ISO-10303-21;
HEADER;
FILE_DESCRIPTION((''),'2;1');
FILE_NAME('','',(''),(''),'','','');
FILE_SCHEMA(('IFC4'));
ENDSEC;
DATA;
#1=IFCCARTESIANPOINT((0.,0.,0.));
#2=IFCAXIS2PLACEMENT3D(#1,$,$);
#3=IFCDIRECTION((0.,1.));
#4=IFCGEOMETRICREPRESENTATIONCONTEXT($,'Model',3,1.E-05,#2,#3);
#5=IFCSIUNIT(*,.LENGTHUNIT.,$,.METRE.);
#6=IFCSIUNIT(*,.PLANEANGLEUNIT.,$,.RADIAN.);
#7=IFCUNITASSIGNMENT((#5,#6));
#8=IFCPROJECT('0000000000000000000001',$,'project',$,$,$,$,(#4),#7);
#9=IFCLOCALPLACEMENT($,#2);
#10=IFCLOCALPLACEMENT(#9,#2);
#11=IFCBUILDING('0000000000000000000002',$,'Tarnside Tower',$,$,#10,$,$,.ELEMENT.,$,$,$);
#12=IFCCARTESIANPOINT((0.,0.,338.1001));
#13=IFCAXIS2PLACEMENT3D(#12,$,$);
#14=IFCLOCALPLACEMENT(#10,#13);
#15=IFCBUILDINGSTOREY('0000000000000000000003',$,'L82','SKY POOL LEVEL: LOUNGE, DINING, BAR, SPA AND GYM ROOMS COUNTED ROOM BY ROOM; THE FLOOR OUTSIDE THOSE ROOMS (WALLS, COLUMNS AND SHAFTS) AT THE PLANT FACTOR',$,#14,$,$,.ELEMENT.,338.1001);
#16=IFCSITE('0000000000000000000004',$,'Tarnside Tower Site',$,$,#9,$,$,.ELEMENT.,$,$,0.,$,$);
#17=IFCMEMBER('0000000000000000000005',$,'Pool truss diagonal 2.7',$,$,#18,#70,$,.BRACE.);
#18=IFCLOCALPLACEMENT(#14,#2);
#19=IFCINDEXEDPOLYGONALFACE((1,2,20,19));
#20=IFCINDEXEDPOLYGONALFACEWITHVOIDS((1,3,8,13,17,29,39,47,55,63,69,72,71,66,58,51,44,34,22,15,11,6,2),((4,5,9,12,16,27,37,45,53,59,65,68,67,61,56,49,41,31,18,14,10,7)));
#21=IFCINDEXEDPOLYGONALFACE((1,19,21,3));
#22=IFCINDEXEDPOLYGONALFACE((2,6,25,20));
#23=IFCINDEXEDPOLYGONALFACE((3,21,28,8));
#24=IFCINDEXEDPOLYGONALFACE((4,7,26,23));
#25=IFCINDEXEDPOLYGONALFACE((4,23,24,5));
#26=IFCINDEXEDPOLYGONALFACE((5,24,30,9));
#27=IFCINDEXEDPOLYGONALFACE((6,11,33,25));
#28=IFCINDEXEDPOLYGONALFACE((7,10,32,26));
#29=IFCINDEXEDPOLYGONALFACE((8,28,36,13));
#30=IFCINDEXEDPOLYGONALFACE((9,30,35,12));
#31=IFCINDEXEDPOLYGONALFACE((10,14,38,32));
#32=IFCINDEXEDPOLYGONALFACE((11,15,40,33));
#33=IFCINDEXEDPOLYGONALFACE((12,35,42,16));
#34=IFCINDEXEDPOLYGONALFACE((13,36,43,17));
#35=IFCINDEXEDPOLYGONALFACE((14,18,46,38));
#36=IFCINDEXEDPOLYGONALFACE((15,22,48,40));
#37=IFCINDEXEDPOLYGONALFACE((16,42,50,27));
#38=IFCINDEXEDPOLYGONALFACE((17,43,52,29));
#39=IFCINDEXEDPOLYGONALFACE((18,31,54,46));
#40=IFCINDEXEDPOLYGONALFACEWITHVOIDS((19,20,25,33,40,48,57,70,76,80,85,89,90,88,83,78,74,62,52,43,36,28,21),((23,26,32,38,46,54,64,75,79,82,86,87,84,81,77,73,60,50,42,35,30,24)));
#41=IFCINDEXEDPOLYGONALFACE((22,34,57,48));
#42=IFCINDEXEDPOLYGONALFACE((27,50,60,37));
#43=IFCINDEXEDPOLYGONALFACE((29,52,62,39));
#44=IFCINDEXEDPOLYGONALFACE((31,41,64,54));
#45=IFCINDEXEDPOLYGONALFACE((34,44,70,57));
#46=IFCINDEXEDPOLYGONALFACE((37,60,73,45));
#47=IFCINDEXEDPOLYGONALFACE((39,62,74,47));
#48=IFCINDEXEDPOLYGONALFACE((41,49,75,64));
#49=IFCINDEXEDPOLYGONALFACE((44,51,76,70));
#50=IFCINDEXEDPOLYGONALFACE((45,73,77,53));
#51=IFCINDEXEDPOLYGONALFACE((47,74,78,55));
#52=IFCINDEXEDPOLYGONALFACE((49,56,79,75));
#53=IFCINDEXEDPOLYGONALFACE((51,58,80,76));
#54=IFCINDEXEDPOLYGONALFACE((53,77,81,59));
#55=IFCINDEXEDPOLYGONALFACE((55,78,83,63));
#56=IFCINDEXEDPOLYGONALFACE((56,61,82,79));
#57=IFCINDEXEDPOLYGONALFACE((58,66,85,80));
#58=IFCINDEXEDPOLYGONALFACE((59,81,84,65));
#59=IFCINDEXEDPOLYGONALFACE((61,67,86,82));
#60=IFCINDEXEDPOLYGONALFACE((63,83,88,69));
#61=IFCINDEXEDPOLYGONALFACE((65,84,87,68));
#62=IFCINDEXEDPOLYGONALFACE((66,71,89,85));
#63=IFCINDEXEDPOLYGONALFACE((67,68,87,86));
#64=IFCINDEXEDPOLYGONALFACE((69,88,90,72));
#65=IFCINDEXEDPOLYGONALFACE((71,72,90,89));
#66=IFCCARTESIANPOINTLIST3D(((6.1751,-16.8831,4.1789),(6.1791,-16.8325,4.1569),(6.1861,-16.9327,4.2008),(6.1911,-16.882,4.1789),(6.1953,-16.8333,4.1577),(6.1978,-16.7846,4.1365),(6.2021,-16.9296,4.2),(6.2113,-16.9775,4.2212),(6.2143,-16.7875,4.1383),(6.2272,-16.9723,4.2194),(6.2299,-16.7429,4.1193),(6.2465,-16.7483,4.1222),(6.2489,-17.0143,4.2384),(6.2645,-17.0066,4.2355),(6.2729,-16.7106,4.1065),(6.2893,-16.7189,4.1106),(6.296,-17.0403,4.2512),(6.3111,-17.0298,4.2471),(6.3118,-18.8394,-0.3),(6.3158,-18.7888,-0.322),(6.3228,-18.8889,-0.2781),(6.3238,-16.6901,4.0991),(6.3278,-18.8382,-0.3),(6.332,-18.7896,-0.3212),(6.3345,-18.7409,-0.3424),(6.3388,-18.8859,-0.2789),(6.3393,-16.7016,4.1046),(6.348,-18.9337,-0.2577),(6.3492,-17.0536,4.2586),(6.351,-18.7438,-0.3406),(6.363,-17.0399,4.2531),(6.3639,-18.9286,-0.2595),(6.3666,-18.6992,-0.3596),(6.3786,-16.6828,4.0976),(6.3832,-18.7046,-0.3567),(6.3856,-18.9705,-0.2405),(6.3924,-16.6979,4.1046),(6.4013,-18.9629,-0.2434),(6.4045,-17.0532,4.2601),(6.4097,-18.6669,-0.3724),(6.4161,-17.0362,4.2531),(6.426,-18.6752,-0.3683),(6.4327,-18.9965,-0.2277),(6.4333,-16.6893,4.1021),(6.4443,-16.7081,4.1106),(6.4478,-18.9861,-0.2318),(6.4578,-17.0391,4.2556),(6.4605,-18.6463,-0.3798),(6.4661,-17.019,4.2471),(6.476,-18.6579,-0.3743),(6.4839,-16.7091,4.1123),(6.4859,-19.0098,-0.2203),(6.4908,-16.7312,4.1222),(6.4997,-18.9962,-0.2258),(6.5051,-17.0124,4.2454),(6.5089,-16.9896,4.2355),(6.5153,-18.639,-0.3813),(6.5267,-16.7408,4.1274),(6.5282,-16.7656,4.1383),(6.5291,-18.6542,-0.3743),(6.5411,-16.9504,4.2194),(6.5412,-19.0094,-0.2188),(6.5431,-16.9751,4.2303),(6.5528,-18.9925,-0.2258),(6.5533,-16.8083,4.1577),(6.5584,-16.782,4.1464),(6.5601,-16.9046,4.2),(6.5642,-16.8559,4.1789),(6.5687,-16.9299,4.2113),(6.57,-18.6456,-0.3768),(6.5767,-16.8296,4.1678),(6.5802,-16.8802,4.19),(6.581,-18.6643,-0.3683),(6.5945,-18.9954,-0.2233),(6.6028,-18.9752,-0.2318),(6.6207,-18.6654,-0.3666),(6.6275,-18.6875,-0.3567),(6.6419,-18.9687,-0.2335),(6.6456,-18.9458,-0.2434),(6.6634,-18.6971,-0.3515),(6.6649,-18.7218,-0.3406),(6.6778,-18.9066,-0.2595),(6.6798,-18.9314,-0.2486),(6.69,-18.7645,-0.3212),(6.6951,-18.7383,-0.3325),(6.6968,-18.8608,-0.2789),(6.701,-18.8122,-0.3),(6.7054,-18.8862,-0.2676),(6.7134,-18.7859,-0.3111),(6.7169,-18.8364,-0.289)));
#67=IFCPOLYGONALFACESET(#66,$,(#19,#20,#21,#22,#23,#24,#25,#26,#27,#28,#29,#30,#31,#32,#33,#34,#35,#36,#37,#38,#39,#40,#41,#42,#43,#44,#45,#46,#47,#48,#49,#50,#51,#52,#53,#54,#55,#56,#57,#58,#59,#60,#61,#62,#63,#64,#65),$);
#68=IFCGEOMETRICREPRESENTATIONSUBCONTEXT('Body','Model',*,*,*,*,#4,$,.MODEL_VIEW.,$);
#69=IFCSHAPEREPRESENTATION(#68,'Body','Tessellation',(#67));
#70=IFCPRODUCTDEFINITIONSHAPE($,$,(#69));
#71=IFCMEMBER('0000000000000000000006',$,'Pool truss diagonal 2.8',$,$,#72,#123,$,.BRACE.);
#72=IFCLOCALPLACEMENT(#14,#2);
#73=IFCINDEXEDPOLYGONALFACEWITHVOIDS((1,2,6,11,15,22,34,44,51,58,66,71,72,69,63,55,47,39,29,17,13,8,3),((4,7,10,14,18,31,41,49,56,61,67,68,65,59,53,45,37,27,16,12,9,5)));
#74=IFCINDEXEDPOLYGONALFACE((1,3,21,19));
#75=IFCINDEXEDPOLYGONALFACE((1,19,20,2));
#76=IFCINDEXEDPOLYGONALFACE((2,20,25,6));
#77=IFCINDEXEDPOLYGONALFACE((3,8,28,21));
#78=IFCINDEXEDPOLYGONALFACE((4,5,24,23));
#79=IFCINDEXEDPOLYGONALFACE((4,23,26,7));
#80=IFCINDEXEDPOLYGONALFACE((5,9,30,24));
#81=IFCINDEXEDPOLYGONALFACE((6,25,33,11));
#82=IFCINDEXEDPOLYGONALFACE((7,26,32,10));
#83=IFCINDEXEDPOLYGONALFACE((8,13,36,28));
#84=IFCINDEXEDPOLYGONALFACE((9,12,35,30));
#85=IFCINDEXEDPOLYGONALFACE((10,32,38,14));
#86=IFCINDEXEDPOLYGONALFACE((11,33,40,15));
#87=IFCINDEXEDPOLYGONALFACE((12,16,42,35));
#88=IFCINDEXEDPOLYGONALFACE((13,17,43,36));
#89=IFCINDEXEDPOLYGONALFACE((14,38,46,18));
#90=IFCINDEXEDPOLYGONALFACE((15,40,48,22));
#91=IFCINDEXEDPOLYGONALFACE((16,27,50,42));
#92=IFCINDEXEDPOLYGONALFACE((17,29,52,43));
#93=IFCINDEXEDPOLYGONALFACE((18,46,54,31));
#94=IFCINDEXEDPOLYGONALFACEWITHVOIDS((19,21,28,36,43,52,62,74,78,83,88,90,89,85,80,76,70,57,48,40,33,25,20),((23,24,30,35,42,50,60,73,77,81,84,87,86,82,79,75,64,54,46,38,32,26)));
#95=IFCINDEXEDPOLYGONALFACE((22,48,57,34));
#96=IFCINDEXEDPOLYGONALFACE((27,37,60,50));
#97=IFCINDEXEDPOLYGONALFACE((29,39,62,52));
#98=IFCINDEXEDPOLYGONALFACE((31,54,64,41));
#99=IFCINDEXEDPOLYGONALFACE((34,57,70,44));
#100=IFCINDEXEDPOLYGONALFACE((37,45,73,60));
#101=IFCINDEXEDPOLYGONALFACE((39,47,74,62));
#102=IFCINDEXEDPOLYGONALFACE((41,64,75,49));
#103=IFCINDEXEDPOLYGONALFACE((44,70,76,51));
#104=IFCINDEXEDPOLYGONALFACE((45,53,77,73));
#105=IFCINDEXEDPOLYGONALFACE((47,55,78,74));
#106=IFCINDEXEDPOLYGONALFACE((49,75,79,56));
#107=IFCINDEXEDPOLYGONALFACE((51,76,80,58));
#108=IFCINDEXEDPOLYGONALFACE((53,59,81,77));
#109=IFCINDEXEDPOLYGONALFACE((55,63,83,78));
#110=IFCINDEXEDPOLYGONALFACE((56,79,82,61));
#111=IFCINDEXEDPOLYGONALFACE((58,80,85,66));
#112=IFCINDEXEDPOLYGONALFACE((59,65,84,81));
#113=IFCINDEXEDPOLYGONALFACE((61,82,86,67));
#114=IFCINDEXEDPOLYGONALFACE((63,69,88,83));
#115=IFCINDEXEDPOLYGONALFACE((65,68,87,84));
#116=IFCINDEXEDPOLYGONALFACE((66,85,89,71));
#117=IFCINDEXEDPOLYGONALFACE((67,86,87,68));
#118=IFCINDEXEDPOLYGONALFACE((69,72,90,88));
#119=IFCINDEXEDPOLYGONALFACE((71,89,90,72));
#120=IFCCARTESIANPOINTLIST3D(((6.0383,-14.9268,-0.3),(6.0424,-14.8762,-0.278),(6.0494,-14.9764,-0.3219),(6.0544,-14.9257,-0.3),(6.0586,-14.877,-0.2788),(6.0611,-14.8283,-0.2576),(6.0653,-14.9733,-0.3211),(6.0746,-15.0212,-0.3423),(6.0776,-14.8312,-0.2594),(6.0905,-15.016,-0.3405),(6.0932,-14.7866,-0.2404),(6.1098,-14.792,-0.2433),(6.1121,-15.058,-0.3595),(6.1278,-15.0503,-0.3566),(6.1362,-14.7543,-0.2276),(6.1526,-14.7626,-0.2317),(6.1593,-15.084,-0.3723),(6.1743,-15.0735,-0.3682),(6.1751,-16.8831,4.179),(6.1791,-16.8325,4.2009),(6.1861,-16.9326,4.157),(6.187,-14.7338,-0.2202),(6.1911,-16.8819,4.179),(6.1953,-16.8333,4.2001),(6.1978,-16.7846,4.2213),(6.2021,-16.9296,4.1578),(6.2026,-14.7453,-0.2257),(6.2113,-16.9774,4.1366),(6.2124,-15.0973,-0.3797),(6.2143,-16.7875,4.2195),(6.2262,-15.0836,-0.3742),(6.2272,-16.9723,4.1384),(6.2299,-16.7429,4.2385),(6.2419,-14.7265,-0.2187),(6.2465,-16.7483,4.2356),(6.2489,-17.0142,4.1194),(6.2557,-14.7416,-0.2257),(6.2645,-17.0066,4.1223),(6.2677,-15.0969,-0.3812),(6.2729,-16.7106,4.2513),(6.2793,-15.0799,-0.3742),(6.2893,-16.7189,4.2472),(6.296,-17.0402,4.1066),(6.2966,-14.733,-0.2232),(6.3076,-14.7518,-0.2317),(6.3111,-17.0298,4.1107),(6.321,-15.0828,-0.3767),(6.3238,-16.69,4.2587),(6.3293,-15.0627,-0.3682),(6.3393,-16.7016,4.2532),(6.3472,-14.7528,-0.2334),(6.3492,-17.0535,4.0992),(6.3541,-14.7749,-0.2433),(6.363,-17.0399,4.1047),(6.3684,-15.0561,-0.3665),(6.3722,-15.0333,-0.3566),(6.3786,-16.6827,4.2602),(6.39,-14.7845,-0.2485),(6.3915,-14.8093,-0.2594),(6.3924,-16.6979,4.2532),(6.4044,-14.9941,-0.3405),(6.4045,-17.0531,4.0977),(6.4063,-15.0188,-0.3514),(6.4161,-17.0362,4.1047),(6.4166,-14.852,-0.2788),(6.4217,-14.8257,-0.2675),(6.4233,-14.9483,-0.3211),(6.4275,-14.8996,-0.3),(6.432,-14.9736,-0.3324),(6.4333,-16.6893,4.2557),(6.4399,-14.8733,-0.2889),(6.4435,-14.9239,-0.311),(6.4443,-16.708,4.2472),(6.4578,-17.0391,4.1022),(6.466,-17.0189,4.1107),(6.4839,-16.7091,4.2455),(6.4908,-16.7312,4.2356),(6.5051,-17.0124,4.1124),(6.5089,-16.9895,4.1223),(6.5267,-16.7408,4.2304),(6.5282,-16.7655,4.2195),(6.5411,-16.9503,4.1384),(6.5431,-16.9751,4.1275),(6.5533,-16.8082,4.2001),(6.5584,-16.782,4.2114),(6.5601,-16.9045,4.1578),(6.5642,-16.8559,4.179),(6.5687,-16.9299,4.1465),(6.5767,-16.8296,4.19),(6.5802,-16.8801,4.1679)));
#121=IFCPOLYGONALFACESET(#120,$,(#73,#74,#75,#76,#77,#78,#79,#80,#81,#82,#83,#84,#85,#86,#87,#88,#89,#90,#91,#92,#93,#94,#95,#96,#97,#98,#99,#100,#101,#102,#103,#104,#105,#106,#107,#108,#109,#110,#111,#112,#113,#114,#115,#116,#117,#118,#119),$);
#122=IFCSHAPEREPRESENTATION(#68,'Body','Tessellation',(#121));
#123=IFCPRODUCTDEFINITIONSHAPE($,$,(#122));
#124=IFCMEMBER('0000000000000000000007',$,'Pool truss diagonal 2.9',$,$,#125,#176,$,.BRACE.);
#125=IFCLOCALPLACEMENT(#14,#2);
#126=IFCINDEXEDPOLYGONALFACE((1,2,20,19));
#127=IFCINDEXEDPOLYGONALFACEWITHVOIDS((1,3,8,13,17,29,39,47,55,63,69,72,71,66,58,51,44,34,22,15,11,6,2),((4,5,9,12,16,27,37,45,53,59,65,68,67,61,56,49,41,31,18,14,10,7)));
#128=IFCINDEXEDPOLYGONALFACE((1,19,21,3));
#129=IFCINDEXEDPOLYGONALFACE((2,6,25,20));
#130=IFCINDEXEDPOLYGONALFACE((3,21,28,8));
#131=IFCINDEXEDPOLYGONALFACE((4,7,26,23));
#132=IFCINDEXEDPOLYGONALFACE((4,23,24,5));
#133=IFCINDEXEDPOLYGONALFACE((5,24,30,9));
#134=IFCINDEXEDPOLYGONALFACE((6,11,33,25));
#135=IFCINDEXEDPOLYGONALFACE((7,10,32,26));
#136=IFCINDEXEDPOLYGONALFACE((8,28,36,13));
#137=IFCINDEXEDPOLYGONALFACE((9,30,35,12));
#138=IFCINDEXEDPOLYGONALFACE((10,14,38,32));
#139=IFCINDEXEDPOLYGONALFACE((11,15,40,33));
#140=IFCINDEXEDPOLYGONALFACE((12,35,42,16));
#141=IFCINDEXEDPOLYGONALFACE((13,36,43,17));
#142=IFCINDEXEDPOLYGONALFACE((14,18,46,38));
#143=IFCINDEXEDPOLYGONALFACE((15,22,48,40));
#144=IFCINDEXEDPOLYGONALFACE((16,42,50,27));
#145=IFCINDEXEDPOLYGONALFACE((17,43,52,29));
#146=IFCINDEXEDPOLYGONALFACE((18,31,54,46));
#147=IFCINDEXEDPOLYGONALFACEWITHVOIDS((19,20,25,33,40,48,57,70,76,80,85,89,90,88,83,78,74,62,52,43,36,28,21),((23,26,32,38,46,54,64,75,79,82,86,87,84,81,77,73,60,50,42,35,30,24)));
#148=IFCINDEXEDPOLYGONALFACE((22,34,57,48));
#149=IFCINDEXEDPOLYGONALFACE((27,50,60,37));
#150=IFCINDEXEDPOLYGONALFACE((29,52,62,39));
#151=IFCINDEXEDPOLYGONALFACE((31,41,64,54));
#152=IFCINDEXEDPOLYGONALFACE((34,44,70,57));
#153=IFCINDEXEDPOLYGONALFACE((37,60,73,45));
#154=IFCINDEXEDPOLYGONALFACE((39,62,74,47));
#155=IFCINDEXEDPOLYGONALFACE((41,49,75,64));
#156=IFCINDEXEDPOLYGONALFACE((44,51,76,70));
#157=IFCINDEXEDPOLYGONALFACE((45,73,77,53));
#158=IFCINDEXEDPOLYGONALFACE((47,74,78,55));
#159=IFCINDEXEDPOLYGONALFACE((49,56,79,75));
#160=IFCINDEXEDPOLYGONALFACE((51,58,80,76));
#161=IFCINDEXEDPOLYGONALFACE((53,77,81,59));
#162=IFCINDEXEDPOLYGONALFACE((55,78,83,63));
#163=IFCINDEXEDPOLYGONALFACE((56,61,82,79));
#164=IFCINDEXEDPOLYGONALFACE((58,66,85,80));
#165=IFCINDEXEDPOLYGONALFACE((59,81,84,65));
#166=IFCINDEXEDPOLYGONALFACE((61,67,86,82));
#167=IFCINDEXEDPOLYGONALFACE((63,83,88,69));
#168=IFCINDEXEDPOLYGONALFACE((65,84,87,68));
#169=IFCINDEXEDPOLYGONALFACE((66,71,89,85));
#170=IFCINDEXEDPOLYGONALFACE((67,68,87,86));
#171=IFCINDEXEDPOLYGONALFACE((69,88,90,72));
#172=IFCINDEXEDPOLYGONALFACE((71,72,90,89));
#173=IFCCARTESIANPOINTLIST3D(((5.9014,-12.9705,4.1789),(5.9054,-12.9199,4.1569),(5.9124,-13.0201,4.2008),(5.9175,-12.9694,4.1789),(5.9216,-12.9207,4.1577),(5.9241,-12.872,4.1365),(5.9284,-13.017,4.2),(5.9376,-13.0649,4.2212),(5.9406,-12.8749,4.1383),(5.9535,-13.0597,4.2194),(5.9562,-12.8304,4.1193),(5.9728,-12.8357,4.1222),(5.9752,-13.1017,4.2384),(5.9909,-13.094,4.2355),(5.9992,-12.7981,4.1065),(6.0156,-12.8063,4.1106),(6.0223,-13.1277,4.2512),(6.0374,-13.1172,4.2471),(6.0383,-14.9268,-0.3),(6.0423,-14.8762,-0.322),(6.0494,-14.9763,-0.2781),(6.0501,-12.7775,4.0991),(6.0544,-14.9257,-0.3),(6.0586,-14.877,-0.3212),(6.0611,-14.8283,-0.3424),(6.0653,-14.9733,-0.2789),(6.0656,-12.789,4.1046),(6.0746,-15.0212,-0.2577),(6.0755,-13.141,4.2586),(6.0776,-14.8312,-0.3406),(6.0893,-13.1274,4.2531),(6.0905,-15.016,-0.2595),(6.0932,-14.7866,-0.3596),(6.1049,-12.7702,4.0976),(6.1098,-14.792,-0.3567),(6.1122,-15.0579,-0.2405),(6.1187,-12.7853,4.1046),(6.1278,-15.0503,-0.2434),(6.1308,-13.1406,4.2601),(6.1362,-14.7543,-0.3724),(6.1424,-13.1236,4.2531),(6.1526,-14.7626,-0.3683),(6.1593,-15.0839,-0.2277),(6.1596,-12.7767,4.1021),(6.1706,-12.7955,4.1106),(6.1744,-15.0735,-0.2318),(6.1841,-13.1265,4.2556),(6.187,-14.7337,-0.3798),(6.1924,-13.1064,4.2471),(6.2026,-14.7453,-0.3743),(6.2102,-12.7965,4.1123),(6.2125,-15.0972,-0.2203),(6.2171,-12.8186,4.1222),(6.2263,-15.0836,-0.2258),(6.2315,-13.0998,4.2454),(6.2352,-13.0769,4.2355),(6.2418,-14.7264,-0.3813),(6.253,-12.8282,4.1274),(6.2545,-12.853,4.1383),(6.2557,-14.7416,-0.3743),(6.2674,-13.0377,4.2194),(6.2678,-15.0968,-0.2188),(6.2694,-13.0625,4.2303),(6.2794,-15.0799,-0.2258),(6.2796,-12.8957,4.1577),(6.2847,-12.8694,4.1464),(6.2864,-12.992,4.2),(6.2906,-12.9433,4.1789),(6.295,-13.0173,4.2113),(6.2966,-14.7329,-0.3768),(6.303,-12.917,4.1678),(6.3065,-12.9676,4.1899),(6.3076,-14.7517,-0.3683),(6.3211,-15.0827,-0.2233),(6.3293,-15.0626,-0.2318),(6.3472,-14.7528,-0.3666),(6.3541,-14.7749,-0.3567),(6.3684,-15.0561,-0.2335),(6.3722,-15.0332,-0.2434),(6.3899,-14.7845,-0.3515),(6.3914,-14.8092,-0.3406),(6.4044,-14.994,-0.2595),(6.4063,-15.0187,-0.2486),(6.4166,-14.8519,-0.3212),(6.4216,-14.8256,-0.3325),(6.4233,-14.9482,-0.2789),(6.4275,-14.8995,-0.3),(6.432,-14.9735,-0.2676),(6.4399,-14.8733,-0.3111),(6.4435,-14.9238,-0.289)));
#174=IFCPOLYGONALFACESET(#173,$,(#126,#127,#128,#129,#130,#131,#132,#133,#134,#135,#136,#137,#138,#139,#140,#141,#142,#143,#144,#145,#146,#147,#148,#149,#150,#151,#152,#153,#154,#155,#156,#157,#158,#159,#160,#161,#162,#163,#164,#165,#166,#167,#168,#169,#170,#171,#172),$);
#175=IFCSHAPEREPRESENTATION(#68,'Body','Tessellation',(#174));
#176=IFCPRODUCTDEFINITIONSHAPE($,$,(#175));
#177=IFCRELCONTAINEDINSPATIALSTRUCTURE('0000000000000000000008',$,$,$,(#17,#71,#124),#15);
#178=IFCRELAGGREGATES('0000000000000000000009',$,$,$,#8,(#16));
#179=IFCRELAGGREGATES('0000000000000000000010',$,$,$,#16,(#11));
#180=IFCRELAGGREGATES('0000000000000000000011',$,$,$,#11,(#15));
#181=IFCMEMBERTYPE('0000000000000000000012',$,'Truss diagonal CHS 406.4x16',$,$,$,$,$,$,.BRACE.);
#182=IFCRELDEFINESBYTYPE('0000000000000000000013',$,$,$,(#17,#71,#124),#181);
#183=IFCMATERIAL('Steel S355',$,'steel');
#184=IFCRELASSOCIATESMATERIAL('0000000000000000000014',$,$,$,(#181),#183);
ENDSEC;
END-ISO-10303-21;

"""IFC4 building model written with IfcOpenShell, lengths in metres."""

from ifc_helpers import new_model, si_unit, direction, frame, origin, origin_2d, place, context, subcontext, project, spatial, hollow_circle, extrude, material, material_profile, profile_set, type_object, element, save


model = new_model("IFC4")

# Units and contexts
model_context = context("Model", 3, precision=1e-05, world=origin(), true_north=direction((0.0, 1.0)))
body_context = subcontext(model_context, "Body", "Model", "MODEL_VIEW")
ifc_project = project(units=[si_unit("LENGTHUNIT", "METRE"), si_unit("PLANEANGLEUNIT", "RADIAN")], contexts=[model_context])

# Site, building, storey
site_placement = place(None, origin())
site = spatial("IfcSite", under=ifc_project, at=site_placement, Name="Tarnside Tower Site", CompositionType="ELEMENT", RefElevation=0.0)
building_placement = place(site_placement, origin())
building = spatial("IfcBuilding", under=site, at=building_placement, Name="Tarnside Tower", CompositionType="ELEMENT")
storey_placement = place(building_placement, frame((0.0, 0.0, 338.1001)))
storey = spatial("IfcBuildingStorey", under=building, at=storey_placement, Name="L82", Description="SKY POOL LEVEL: LOUNGE, DINING, BAR, SPA AND GYM ROOMS COUNTED ROOM BY ROOM; THE FLOOR OUTSIDE THOSE ROOMS (WALLS, COLUMNS AND SHAFTS) AT THE PLANT FACTOR", CompositionType="ELEMENT", Elevation=338.1001)

# Members
ifc_material_1 = material(Name="Steel S355", Category="steel")
ifc_material_profile_1 = material_profile(ifc_material_1, hollow_circle(Radius=0.2031, WallThickness=0.0161, at=origin_2d()), Name="CHS 406.4x16")
ifc_profile_set_1 = profile_set([ifc_material_profile_1], Name="Steel S355")
member_type_1 = type_object("IfcMemberType", Name="Truss diagonal CHS 406.4x16", PredefinedType="BRACE", material=ifc_profile_set_1)
for number, where, z_axis, x_axis, name in (
    (1, (6.5144, -18.8252, -0.3), (-0.027962, 0.400101, 0.916044), (-0.997567, -0.069716, 0.0), "Pool truss diagonal 2.7"),
    (2, (6.3777, -16.8689, 4.179), (-0.027962, 0.400101, -0.916044), (-0.997567, -0.069716, 0.0), "Pool truss diagonal 2.8"),
    (3, (6.241, -14.9126, -0.3), (-0.028012, 0.400101, 0.916043), (-0.997558, -0.06984, 0.0), "Pool truss diagonal 2.9"),
):
    element("IfcMember", number, at=place(storey_placement, frame(where, z_axis=z_axis, x_axis=x_axis)), inside=storey, type_object=member_type_1, Name=name, PredefinedType="BRACE", context=body_context, shape_type="SweptSolid", body=[
        extrude(hollow_circle(Radius=0.2031, WallThickness=0.0161, at=origin_2d()), origin(), (0.0, 0.0, 1.0), 4.8894),
    ])

save(model, "model.ifc")
